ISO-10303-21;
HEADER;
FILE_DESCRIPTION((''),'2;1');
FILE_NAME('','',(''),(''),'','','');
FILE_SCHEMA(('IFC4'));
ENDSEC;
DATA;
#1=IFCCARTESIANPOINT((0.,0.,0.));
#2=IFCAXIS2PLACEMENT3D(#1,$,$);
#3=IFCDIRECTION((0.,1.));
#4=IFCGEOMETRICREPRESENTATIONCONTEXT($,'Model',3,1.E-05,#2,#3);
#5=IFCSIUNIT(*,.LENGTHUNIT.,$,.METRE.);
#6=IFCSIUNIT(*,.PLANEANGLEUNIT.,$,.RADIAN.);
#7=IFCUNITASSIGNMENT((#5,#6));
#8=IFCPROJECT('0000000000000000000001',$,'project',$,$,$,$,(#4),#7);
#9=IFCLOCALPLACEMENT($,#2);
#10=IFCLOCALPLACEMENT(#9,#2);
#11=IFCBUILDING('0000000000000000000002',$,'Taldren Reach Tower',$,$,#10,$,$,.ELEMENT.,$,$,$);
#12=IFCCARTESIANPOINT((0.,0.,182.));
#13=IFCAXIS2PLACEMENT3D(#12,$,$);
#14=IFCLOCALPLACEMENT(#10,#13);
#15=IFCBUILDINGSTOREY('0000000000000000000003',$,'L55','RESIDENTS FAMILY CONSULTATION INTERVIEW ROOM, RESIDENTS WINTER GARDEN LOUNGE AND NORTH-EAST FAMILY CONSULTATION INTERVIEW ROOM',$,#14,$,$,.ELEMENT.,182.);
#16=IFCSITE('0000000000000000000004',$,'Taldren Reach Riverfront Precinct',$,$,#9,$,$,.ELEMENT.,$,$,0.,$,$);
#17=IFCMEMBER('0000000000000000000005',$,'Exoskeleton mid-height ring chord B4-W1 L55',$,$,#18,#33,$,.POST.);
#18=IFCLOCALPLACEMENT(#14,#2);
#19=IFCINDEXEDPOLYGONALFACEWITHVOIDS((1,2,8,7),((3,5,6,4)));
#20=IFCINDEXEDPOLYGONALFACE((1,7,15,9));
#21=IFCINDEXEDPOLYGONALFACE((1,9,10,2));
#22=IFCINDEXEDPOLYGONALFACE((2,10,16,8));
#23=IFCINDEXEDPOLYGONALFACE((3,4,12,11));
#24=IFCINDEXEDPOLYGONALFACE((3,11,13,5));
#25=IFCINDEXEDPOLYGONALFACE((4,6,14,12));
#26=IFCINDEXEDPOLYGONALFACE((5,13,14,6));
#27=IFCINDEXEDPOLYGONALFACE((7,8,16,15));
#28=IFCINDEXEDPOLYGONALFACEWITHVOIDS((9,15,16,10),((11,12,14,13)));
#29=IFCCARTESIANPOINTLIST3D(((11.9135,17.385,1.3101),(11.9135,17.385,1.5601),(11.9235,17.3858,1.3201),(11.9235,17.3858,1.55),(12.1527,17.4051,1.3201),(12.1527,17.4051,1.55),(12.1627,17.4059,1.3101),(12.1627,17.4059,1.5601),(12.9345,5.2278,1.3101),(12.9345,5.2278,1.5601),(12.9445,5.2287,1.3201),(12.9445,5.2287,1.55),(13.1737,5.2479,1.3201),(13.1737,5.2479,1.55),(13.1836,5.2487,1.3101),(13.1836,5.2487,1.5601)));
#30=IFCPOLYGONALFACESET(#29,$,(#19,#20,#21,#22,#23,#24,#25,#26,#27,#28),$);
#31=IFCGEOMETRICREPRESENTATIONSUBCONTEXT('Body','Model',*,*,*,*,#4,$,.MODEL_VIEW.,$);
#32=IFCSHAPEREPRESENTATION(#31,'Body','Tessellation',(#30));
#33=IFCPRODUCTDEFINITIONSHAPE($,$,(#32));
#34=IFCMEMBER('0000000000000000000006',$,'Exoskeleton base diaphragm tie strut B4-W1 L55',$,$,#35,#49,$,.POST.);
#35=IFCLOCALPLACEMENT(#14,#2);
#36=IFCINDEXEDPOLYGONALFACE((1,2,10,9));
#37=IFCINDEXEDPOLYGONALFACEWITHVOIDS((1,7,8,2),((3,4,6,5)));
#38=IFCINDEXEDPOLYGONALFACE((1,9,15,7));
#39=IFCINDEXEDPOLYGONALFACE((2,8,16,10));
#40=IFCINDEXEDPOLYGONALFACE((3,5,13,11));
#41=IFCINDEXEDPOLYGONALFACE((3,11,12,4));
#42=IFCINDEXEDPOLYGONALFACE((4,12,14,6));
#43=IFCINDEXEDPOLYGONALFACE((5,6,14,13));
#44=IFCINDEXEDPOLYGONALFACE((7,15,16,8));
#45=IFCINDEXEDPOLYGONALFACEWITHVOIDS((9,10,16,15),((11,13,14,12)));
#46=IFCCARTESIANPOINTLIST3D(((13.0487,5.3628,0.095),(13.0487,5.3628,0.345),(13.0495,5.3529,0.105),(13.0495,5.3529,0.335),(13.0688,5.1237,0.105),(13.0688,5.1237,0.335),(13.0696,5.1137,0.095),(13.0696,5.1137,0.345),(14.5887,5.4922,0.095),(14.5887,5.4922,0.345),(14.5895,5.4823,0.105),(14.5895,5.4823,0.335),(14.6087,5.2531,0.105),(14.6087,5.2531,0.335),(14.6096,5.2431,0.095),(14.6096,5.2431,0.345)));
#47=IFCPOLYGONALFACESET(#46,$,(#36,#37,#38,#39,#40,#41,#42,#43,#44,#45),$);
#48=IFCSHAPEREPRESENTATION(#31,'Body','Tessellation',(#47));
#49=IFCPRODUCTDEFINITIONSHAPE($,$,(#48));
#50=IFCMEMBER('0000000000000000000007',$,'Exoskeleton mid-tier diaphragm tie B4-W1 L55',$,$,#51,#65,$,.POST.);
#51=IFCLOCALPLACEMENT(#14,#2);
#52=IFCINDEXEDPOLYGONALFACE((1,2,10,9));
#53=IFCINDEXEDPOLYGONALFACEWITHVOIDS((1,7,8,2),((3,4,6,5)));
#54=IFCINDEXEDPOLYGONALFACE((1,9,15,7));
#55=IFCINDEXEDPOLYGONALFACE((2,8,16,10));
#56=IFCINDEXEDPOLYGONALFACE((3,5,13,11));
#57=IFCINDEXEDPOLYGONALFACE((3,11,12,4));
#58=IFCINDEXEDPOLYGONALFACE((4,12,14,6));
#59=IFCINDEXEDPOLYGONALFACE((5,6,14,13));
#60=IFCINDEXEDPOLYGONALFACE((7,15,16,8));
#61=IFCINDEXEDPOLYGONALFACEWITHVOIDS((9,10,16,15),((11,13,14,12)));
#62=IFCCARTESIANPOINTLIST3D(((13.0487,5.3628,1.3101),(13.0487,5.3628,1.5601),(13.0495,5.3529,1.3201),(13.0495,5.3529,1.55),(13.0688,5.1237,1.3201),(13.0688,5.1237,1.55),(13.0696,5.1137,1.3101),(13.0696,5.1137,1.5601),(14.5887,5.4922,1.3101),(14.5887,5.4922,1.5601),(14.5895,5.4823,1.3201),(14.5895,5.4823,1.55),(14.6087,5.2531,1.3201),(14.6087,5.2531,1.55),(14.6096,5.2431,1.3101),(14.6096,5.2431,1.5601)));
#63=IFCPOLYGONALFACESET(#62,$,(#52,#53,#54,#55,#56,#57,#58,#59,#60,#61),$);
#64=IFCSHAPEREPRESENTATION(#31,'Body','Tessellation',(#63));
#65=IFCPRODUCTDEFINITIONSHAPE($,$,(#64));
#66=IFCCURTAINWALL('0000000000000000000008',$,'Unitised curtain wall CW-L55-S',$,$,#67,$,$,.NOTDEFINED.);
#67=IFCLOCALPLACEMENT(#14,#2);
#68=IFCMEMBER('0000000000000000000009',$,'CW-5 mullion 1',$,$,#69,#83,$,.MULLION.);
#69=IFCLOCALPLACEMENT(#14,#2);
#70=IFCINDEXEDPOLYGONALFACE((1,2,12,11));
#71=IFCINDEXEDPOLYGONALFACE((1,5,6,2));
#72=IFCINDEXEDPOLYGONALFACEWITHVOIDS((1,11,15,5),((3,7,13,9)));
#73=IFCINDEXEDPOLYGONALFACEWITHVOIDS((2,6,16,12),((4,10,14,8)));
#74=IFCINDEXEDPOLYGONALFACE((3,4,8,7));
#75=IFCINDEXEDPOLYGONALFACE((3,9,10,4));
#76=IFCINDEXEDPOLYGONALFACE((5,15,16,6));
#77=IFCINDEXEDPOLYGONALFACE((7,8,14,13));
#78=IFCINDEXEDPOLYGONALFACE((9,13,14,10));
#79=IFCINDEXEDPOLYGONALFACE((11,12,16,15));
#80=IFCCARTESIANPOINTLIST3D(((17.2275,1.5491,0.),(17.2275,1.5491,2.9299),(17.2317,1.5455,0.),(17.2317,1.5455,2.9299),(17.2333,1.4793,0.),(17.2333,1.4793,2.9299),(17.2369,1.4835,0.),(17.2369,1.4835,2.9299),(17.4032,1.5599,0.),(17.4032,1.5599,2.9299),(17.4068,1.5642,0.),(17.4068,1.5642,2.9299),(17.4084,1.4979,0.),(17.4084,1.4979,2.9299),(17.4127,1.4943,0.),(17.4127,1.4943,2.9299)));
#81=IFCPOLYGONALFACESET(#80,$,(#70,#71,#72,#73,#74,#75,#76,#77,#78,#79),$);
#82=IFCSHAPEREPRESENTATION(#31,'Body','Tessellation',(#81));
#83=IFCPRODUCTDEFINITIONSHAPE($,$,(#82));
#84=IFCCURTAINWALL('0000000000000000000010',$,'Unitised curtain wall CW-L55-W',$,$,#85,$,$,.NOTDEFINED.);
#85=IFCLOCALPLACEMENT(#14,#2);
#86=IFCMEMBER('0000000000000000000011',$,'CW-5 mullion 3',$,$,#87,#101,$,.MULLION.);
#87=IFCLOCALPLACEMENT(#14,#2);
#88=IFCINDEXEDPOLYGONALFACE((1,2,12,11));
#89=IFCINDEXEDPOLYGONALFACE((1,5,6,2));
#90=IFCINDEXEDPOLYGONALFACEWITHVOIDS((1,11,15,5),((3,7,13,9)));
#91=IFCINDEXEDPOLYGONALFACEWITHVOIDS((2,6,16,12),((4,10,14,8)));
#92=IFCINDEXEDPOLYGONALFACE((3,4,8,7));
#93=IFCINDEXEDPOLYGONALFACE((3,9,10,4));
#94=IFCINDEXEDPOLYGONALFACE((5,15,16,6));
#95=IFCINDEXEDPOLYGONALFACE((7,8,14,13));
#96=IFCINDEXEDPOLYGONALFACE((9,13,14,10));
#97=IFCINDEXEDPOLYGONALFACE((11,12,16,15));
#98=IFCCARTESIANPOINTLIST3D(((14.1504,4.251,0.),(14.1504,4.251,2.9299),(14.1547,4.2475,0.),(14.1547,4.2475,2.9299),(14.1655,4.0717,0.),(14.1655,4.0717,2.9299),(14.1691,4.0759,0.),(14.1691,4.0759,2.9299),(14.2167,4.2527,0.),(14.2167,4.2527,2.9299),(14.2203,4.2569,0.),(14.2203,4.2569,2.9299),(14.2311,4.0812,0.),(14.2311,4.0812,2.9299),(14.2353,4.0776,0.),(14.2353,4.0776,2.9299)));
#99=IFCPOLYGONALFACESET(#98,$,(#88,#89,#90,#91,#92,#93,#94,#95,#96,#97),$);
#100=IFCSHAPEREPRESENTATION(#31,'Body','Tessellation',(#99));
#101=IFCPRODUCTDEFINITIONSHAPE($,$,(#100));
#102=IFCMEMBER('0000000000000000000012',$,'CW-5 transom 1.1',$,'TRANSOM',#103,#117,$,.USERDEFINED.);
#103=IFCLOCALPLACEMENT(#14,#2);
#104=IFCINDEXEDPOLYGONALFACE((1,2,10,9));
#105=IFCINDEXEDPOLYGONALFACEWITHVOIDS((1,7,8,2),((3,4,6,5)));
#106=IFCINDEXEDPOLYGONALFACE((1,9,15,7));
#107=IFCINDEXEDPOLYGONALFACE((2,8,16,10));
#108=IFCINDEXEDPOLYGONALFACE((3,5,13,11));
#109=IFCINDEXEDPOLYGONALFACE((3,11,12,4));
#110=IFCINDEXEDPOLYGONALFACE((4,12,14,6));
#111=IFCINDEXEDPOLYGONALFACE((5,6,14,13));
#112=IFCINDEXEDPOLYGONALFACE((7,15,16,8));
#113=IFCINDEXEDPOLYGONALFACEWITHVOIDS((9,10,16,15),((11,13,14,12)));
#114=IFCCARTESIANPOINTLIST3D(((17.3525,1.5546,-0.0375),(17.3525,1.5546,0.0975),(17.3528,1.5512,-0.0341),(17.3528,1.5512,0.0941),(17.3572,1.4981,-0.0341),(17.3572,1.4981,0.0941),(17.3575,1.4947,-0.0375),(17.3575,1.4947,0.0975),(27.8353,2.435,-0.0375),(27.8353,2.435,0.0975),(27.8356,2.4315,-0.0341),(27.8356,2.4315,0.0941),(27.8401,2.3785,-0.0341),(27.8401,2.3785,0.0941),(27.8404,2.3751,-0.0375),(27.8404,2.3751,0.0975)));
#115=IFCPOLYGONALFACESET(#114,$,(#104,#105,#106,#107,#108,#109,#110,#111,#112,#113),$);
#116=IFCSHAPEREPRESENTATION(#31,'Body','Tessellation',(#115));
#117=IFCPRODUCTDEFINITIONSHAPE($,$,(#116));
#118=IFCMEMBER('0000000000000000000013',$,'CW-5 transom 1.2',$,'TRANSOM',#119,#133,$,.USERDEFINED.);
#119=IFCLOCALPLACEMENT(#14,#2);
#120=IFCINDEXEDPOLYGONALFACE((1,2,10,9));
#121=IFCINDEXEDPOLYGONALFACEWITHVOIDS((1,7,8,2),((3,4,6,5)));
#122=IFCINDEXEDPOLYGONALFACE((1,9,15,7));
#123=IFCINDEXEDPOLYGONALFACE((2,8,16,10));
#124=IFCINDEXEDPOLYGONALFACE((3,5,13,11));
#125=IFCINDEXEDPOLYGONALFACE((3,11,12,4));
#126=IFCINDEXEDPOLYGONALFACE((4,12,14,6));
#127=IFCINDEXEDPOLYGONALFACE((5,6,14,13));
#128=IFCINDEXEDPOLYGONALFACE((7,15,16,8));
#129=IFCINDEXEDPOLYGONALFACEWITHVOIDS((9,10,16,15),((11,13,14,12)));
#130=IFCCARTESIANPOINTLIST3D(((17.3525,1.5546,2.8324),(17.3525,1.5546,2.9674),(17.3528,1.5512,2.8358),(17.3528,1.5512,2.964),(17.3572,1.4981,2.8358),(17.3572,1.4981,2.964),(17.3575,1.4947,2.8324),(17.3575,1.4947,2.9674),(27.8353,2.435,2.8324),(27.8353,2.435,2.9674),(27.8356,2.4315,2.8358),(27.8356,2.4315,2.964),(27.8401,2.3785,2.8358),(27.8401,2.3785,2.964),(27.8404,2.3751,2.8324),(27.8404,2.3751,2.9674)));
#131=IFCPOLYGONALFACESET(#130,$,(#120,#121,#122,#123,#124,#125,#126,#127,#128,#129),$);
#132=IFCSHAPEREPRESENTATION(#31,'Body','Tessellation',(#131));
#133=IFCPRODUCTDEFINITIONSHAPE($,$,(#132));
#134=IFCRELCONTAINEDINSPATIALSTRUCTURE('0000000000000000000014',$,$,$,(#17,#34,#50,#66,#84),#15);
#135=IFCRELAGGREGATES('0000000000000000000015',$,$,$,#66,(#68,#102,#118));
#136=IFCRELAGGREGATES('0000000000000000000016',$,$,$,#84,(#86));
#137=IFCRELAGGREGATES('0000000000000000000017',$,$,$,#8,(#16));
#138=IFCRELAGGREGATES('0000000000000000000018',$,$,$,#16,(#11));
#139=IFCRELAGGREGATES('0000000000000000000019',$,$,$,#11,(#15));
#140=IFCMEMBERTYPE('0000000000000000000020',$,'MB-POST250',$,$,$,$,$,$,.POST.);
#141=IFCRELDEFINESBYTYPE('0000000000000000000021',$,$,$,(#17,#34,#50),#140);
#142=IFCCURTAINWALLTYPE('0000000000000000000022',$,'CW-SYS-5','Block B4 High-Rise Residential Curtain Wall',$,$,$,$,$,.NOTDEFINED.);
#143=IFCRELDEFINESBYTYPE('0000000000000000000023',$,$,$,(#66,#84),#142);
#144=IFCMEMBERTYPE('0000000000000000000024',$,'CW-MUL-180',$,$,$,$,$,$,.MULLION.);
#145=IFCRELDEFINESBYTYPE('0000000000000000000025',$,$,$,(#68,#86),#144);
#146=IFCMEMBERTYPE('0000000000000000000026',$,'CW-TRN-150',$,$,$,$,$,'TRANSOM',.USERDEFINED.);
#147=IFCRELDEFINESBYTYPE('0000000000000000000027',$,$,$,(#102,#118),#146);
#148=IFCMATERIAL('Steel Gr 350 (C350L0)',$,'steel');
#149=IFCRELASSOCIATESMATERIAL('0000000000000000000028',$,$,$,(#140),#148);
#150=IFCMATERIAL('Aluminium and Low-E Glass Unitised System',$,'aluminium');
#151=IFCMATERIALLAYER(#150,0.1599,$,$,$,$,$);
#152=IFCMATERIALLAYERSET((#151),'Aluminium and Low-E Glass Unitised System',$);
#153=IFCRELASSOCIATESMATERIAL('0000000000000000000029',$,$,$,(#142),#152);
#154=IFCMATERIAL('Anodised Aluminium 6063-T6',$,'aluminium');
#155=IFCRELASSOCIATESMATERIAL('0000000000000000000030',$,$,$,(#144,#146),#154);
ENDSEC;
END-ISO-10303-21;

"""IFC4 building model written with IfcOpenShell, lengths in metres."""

from ifc_helpers import new_model, si_unit, direction, frame, origin, origin_2d, place, context, subcontext, project, spatial, hollow_rectangle, extrude, source, transform, mapped, material, layer, layer_set, material_profile, profile_set, type_object, element, aggregate, save


model = new_model("IFC4")

# Units and contexts
model_context = context("Model", 3, precision=1e-05, world=origin(), true_north=direction((0.0, 1.0)))
body_context = subcontext(model_context, "Body", "Model", "MODEL_VIEW")
ifc_project = project(units=[si_unit("LENGTHUNIT", "METRE"), si_unit("PLANEANGLEUNIT", "RADIAN")], contexts=[model_context])

# Site, building, storey
site_placement = place(None, origin())
site = spatial("IfcSite", under=ifc_project, at=site_placement, Name="Taldren Reach Riverfront Precinct", CompositionType="ELEMENT", RefElevation=0.0)
building_placement = place(site_placement, origin())
building = spatial("IfcBuilding", under=site, at=building_placement, Name="Taldren Reach Tower", CompositionType="ELEMENT")
storey_placement = place(building_placement, frame((0.0, 0.0, 182.0)))
storey = spatial("IfcBuildingStorey", under=building, at=storey_placement, Name="L55", Description="RESIDENTS FAMILY CONSULTATION INTERVIEW ROOM, RESIDENTS WINTER GARDEN LOUNGE AND NORTH-EAST FAMILY CONSULTATION INTERVIEW ROOM", CompositionType="ELEMENT", Elevation=182.0)

# Shared definitions
ifc_material_1 = material(Name="Steel Gr 350 (C350L0)", Category="steel")

# Shared definitions
ifc_material_profile_1 = material_profile(ifc_material_1, hollow_rectangle(XDim=0.25, YDim=0.25, WallThickness=0.01, at=origin_2d()), Name="250x250x10.0SHS")
ifc_profile_set_1 = profile_set([ifc_material_profile_1], Name="Steel Gr 350 (C350L0)")
member_type_1 = type_object("IfcMemberType", Name="MB-POST250", PredefinedType="POST", material=ifc_profile_set_1)

# Members
shared_shape_1 = source(origin(), body_context, "Body", "SweptSolid", [
    extrude(hollow_rectangle(XDim=0.25, YDim=0.25, WallThickness=0.01, at=origin_2d()), origin(), (0.0, 0.0, 1.0), 12.2),
])
member_1_placement = place(storey_placement, frame((13.0591, 5.2383, 1.4351), z_axis=(-0.083688, 0.996492, 0.0), x_axis=(-0.996492, -0.083688, 0.0)))
element("IfcMember", 1, at=member_1_placement, inside=storey, type_object=member_type_1, Name="Exoskeleton mid-height ring chord B4-W1 L55", PredefinedType="POST", context=body_context, shape_type="MappedRepresentation", body=[
    mapped(shared_shape_1, transform((0.0, 0.0, 0.0), scale=1.0)),
])
shared_shape_2 = source(origin(), body_context, "Body", "SweptSolid", [
    extrude(hollow_rectangle(XDim=0.25, YDim=0.25, WallThickness=0.01, at=origin_2d()), origin(), (0.0, 0.0, 1.0), 1.5454),
])
for number, where, z_axis, x_axis, name in (
    (2, (14.5991, 5.3677, 0.22), (-0.996489, -0.083725, 0.0), (0.083725, -0.996489, 0.0), "Exoskeleton base diaphragm tie strut B4-W1 L55"),
    (3, (14.5991, 5.3677, 1.4351), (-0.996489, -0.083725, 0.0), (0.083725, -0.996489, 0.0), "Exoskeleton mid-tier diaphragm tie B4-W1 L55"),
):
    element("IfcMember", number, at=place(storey_placement, frame(where, z_axis=z_axis, x_axis=x_axis)), inside=storey, type_object=member_type_1, Name=name, PredefinedType="POST", context=body_context, shape_type="MappedRepresentation", body=[
        mapped(shared_shape_2, transform((0.0, 0.0, 0.0), scale=1.0)),
    ])

# Curtain walls, members
ifc_material_2 = material(Name="Aluminium and Low-E Glass Unitised System", Category="aluminium")
ifc_layer_1 = layer(ifc_material_2, 0.1599)
ifc_layer_set_1 = layer_set([ifc_layer_1], Name="Aluminium and Low-E Glass Unitised System")
curtain_wall_type = type_object("IfcCurtainWallType", Name="CW-SYS-5", Description="Block B4 High-Rise Residential Curtain Wall", PredefinedType="NOTDEFINED", material=ifc_layer_set_1)
curtain_wall_1_placement = place(storey_placement, origin())
curtain_wall_1 = element("IfcCurtainWall", 4, at=curtain_wall_1_placement, inside=storey, type_object=curtain_wall_type, Name="Unitised curtain wall CW-L55-S", PredefinedType="NOTDEFINED")
ifc_material_3 = material(Name="Anodised Aluminium 6063-T6", Category="aluminium")
ifc_material_profile_2 = material_profile(ifc_material_3, hollow_rectangle(XDim=0.0701, YDim=0.1799, WallThickness=0.0039, at=origin_2d()), Name="ALU-180x70x4RHS")
ifc_profile_set_2 = profile_set([ifc_material_profile_2], Name="Anodised Aluminium 6063-T6")
member_type_2 = type_object("IfcMemberType", Name="CW-MUL-180", PredefinedType="MULLION", material=ifc_profile_set_2)
shared_shape_3 = source(origin(), body_context, "Body", "SweptSolid", [
    extrude(hollow_rectangle(XDim=0.0701, YDim=0.1799, WallThickness=0.0039, at=origin_2d()), origin(), (0.0, 0.0, 1.0), 2.9299),
])
member_2_placement = place(storey_placement, frame((17.3201, 1.5217, 0.0), z_axis=(0.0, 0.0, 1.0), x_axis=(-0.083678, 0.996493, 0.0)))
member_2 = element("IfcMember", 5, at=member_2_placement, type_object=member_type_2, Name="CW-5 mullion 1", PredefinedType="MULLION", context=body_context, shape_type="MappedRepresentation", body=[
    mapped(shared_shape_3, transform((0.0, 0.0, 0.0), scale=1.0)),
])
curtain_wall_2_placement = place(storey_placement, origin())
curtain_wall_2 = element("IfcCurtainWall", 6, at=curtain_wall_2_placement, inside=storey, type_object=curtain_wall_type, Name="Unitised curtain wall CW-L55-W", PredefinedType="NOTDEFINED")
member_3_placement = place(storey_placement, frame((14.1929, 4.1643, 0.0), z_axis=(0.0, 0.0, 1.0), x_axis=(0.996493, 0.083678, 0.0)))
member_3 = element("IfcMember", 7, at=member_3_placement, type_object=member_type_2, Name="CW-5 mullion 3", PredefinedType="MULLION", context=body_context, shape_type="MappedRepresentation", body=[
    mapped(shared_shape_3, transform((0.0, 0.0, 0.0), scale=1.0)),
])

# Members
ifc_material_profile_3 = material_profile(ifc_material_3, hollow_rectangle(XDim=0.0601, YDim=0.135, WallThickness=0.0034, at=origin_2d()), Name="ALU-135x60x3.5RHS")
ifc_profile_set_3 = profile_set([ifc_material_profile_3], Name="Anodised Aluminium 6063-T6")
member_type_3 = type_object("IfcMemberType", Name="CW-TRN-150", ElementType="TRANSOM", PredefinedType="USERDEFINED", material=ifc_profile_set_3)
shared_shape_4 = source(origin(), body_context, "Body", "SweptSolid", [
    extrude(hollow_rectangle(XDim=0.0601, YDim=0.135, WallThickness=0.0034, at=origin_2d()), origin(), (0.0, 0.0, 1.0), 10.5198),
])
member_4_placement = place(storey_placement, frame((17.355, 1.5247, 0.03), z_axis=(0.996492, 0.083687, 0.0), x_axis=(-0.083687, 0.996492, 0.0)))
member_4 = element("IfcMember", 8, at=member_4_placement, type_object=member_type_3, Name="CW-5 transom 1.1", ObjectType="TRANSOM", PredefinedType="USERDEFINED", context=body_context, shape_type="MappedRepresentation", body=[
    mapped(shared_shape_4, transform((0.0, 0.0, 0.0), scale=1.0)),
])
member_5_placement = place(storey_placement, frame((17.355, 1.5247, 2.8999), z_axis=(0.996492, 0.083687, 0.0), x_axis=(-0.083687, 0.996492, 0.0)))
member_5 = element("IfcMember", 9, at=member_5_placement, type_object=member_type_3, Name="CW-5 transom 1.2", ObjectType="TRANSOM", PredefinedType="USERDEFINED", context=body_context, shape_type="MappedRepresentation", body=[
    mapped(shared_shape_4, transform((0.0, 0.0, 0.0), scale=1.0)),
])
aggregate(curtain_wall_1, [member_2, member_4, member_5])

aggregate(curtain_wall_2, [member_3])

save(model, "model.ifc")
